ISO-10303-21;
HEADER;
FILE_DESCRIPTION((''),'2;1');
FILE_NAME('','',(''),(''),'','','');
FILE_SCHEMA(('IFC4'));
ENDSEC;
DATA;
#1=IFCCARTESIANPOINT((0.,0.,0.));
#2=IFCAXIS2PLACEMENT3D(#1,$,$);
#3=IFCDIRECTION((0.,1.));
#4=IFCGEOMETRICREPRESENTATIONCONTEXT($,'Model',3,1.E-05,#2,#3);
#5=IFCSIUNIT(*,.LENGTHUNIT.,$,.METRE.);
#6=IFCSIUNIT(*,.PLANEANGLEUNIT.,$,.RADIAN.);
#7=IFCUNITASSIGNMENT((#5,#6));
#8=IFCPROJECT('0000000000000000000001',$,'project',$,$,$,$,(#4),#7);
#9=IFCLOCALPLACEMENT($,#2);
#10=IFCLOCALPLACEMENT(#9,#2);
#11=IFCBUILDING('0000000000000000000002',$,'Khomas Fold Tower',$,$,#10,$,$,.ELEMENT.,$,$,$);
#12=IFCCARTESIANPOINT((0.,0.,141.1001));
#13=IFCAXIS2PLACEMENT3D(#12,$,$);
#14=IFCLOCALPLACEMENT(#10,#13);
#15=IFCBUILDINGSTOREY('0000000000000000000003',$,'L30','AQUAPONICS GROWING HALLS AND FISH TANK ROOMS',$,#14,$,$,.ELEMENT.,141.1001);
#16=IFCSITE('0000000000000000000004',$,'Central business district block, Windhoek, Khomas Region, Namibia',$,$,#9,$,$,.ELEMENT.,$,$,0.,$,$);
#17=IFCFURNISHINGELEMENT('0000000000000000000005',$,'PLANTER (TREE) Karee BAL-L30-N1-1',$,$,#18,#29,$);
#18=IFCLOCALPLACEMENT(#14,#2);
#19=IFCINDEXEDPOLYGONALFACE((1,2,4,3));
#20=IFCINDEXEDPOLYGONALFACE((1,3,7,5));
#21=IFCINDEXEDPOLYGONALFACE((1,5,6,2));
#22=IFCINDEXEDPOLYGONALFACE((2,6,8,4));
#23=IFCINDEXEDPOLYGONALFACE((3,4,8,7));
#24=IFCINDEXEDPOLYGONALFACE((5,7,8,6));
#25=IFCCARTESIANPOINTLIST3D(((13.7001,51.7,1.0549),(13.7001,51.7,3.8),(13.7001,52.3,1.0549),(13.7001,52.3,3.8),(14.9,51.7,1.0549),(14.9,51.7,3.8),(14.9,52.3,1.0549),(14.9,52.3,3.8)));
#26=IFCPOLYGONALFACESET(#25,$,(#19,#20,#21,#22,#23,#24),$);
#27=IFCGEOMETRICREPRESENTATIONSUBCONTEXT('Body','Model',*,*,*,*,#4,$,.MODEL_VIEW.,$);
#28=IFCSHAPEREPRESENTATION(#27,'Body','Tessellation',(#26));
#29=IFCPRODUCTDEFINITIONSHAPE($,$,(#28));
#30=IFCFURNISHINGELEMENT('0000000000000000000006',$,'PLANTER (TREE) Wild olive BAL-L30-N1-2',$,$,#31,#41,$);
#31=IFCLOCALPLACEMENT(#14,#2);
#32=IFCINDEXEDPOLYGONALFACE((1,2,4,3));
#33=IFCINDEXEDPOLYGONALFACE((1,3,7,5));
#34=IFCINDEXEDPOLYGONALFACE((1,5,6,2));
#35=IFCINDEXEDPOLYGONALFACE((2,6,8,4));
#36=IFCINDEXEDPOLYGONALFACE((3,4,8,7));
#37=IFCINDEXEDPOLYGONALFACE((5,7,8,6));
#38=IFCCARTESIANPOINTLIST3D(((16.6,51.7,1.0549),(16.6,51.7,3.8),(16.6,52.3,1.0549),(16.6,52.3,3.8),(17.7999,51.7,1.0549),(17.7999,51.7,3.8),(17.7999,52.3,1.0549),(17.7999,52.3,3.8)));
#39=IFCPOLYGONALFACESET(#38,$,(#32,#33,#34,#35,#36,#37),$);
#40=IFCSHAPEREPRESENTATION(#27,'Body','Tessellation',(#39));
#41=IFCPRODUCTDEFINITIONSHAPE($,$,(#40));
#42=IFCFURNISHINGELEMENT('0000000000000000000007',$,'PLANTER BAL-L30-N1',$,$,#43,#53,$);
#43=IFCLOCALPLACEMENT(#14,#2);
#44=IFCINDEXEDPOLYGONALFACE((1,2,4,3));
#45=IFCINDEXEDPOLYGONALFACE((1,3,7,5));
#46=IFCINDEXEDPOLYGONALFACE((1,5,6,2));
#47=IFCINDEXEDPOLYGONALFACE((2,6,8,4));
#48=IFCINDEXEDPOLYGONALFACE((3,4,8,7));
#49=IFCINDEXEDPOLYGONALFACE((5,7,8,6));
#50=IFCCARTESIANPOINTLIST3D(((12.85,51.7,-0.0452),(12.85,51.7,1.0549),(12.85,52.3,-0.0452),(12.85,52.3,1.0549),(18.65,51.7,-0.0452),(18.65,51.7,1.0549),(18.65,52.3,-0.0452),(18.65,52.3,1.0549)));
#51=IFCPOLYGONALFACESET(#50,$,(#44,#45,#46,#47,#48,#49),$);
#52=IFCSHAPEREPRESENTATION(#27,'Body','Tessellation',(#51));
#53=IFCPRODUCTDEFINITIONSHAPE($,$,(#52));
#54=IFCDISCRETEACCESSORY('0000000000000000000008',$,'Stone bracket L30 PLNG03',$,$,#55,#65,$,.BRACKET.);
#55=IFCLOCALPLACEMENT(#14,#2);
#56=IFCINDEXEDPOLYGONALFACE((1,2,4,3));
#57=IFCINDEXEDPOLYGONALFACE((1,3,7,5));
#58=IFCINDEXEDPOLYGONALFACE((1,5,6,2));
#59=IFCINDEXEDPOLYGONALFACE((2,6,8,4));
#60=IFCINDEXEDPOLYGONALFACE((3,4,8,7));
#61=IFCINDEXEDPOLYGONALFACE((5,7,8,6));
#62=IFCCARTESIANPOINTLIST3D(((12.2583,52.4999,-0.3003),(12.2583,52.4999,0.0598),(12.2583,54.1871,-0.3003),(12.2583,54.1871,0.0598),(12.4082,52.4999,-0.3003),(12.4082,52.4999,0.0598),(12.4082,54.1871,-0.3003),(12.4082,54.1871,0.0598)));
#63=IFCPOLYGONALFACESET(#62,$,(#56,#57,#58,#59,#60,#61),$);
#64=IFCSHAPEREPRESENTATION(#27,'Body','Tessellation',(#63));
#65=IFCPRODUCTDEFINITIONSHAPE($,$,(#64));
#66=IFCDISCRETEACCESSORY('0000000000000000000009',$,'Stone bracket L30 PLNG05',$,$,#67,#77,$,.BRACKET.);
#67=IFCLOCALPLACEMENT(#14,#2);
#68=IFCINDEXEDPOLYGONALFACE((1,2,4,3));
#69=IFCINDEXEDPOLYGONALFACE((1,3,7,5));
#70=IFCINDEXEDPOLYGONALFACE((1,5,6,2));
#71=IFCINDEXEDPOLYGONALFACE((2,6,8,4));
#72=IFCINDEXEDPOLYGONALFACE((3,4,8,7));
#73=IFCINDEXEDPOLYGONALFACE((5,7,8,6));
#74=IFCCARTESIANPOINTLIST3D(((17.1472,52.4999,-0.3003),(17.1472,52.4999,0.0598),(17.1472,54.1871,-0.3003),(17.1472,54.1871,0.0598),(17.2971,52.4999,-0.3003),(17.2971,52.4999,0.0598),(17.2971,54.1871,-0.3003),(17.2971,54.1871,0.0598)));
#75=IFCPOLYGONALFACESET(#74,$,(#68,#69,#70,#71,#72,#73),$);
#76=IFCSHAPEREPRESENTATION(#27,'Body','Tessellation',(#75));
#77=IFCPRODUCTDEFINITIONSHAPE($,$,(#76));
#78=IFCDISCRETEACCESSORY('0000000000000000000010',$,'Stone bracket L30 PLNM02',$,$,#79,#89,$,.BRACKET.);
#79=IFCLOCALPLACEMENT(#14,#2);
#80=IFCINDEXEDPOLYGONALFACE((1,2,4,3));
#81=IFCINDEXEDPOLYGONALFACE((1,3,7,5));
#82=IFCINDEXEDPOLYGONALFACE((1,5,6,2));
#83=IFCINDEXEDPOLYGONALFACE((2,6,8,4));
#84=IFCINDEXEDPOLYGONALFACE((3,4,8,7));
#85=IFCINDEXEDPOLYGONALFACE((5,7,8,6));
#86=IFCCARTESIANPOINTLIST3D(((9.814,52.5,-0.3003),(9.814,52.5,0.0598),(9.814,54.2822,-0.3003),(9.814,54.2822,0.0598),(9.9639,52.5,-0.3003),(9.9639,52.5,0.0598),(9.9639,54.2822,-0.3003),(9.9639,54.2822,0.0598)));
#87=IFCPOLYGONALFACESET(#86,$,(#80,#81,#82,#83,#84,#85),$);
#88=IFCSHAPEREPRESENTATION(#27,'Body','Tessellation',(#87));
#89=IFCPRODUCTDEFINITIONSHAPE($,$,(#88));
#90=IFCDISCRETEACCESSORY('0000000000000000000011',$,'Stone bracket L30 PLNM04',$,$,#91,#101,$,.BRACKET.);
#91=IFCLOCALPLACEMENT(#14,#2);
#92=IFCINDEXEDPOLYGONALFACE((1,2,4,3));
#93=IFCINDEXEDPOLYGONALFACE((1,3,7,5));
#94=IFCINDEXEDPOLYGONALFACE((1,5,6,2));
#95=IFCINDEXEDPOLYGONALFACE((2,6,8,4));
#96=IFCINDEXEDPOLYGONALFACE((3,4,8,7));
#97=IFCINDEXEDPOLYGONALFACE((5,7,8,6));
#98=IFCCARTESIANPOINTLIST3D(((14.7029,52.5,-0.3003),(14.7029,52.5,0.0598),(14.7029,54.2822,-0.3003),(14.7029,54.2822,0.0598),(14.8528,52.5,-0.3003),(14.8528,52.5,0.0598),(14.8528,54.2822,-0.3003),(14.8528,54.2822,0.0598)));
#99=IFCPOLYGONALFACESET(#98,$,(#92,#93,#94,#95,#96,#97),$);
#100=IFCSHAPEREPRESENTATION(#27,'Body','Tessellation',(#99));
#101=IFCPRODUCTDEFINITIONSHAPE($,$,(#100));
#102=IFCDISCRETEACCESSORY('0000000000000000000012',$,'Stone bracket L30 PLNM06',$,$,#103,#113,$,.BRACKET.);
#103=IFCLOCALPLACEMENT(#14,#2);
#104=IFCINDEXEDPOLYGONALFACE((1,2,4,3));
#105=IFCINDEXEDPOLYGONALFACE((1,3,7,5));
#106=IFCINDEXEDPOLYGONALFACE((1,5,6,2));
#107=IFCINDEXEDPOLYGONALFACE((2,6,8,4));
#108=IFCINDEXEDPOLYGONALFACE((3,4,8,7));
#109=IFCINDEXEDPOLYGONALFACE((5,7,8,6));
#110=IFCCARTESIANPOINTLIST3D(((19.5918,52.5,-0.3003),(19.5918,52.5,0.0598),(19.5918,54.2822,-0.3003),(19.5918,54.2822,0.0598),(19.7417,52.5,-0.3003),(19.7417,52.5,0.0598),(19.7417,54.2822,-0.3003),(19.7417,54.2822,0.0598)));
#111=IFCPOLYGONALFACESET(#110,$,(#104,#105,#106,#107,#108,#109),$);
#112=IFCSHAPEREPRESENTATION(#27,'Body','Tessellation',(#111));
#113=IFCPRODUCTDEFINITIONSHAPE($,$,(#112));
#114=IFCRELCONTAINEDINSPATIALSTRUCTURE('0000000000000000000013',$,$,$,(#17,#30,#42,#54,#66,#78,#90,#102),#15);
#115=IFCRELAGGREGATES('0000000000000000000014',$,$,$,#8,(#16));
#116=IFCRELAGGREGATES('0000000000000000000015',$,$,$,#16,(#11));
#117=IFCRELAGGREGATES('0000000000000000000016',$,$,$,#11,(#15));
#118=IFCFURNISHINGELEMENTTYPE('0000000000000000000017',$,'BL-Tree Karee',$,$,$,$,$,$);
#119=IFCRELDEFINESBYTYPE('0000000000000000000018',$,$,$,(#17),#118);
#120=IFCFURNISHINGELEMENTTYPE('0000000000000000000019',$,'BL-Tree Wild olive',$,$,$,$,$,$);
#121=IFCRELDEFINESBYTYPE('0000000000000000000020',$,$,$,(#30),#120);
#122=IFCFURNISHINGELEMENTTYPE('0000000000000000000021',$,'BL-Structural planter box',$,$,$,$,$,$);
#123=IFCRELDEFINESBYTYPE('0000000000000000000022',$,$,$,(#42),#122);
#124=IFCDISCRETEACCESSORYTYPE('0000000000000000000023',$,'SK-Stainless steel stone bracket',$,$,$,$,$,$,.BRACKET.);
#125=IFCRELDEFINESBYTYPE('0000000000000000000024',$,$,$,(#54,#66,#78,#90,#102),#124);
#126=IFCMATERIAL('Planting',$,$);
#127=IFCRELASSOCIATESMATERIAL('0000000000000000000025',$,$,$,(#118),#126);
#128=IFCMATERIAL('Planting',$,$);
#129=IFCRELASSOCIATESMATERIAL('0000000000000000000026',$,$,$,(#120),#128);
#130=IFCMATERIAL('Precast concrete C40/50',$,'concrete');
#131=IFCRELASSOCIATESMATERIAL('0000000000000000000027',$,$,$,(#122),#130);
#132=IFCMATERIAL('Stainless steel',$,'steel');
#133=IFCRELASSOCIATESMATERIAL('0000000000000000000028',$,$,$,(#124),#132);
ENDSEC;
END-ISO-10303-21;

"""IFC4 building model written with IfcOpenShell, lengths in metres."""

from ifc_helpers import new_model, si_unit, direction, frame, origin, origin_2d, place, context, subcontext, project, spatial, rectangle, extrude, source, transform, mapped, material, type_object, element, save


model = new_model("IFC4")

# Units and contexts
model_context = context("Model", 3, precision=1e-05, world=origin(), true_north=direction((0.0, 1.0)))
body_context = subcontext(model_context, "Body", "Model", "MODEL_VIEW")
ifc_project = project(units=[si_unit("LENGTHUNIT", "METRE"), si_unit("PLANEANGLEUNIT", "RADIAN")], contexts=[model_context])

# Site, building, storey
site_placement = place(None, origin())
site = spatial("IfcSite", under=ifc_project, at=site_placement, Name="Central business district block, Windhoek, Khomas Region, Namibia", CompositionType="ELEMENT", RefElevation=0.0)
building_placement = place(site_placement, origin())
building = spatial("IfcBuilding", under=site, at=building_placement, Name="Khomas Fold Tower", CompositionType="ELEMENT")
storey_placement = place(building_placement, frame((0.0, 0.0, 141.1001)))
storey = spatial("IfcBuildingStorey", under=building, at=storey_placement, Name="L30", Description="AQUAPONICS GROWING HALLS AND FISH TANK ROOMS", CompositionType="ELEMENT", Elevation=141.1001)

# Furnishing elements
ifc_material_1 = material(Name="Planting")
furnishing_element_type_1 = type_object("IfcFurnishingElementType", Name="BL-Tree Karee", material=ifc_material_1)
shared_shape_1 = source(origin(), body_context, "Body", "SweptSolid", [
    extrude(rectangle(XDim=1.2, YDim=0.6001, at=origin_2d()), origin(), (0.0, 0.0, 1.0), 2.7451),
])
furnishing_1_placement = place(storey_placement, frame((14.3, 52.0, 1.0549), z_axis=(0.0, 0.0, 1.0), x_axis=(1.0, 0.0, 0.0)))
element("IfcFurnishingElement", 1, at=furnishing_1_placement, inside=storey, type_object=furnishing_element_type_1, Name="PLANTER (TREE) Karee BAL-L30-N1-1", context=body_context, shape_type="MappedRepresentation", body=[
    mapped(shared_shape_1, transform((0.0, 0.0, 0.0))),
])
ifc_material_2 = material(Name="Planting")
furnishing_element_type_2 = type_object("IfcFurnishingElementType", Name="BL-Tree Wild olive", material=ifc_material_2)
furnishing_2_placement = place(storey_placement, frame((17.2, 52.0, 1.0549), z_axis=(0.0, 0.0, 1.0), x_axis=(1.0, 0.0, 0.0)))
element("IfcFurnishingElement", 2, at=furnishing_2_placement, inside=storey, type_object=furnishing_element_type_2, Name="PLANTER (TREE) Wild olive BAL-L30-N1-2", context=body_context, shape_type="MappedRepresentation", body=[
    mapped(shared_shape_1, transform((0.0, 0.0, 0.0))),
])
ifc_material_3 = material(Name="Precast concrete C40/50", Category="concrete")
furnishing_element_type_3 = type_object("IfcFurnishingElementType", Name="BL-Structural planter box", material=ifc_material_3)
shared_shape_2 = source(origin(), body_context, "Body", "SweptSolid", [
    extrude(rectangle(XDim=5.8, YDim=0.6001, at=origin_2d()), origin(), (0.0, 0.0, 1.0), 1.1001),
])
furnishing_3_placement = place(storey_placement, frame((15.75, 52.0, -0.0452), z_axis=(0.0, 0.0, 1.0), x_axis=(1.0, 0.0, 0.0)))
element("IfcFurnishingElement", 3, at=furnishing_3_placement, inside=storey, type_object=furnishing_element_type_3, Name="PLANTER BAL-L30-N1", context=body_context, shape_type="MappedRepresentation", body=[
    mapped(shared_shape_2, transform((0.0, 0.0, 0.0))),
])

# Discrete accessories
ifc_material_4 = material(Name="Stainless steel", Category="steel")
discrete_accessory_type = type_object("IfcDiscreteAccessoryType", Name="SK-Stainless steel stone bracket", PredefinedType="BRACKET", material=ifc_material_4)
shared_shape_3 = source(origin(), body_context, "Body", "SweptSolid", [
    extrude(rectangle(XDim=1.6873, YDim=0.1499, at=origin_2d()), origin(), (0.0, 0.0, 1.0), 0.3601),
])
for number, where, z_axis, x_axis, name in (
    (4, (12.3333, 53.3435, -0.3003), (0.0, 0.0, 1.0), (0.0, 1.0, 0.0), "Stone bracket L30 PLNG03"),
    (5, (17.2222, 53.3435, -0.3003), (0.0, 0.0, 1.0), (0.0, 1.0, 0.0), "Stone bracket L30 PLNG05"),
):
    element("IfcDiscreteAccessory", number, at=place(storey_placement, frame(where, z_axis=z_axis, x_axis=x_axis)), inside=storey, type_object=discrete_accessory_type, Name=name, PredefinedType="BRACKET", context=body_context, shape_type="MappedRepresentation", body=[
        mapped(shared_shape_3, transform((0.0, 0.0, 0.0))),
    ])
shared_shape_4 = source(origin(), body_context, "Body", "SweptSolid", [
    extrude(rectangle(XDim=1.7822, YDim=0.1499, at=origin_2d()), origin(), (0.0, 0.0, 1.0), 0.3601),
])
for number, where, z_axis, x_axis, name in (
    (6, (9.8889, 53.3911, -0.3003), (0.0, 0.0, 1.0), (0.0, 1.0, 0.0), "Stone bracket L30 PLNM02"),
    (7, (14.7778, 53.3911, -0.3003), (0.0, 0.0, 1.0), (0.0, 1.0, 0.0), "Stone bracket L30 PLNM04"),
    (8, (19.6667, 53.3911, -0.3003), (0.0, 0.0, 1.0), (0.0, 1.0, 0.0), "Stone bracket L30 PLNM06"),
):
    element("IfcDiscreteAccessory", number, at=place(storey_placement, frame(where, z_axis=z_axis, x_axis=x_axis)), inside=storey, type_object=discrete_accessory_type, Name=name, PredefinedType="BRACKET", context=body_context, shape_type="MappedRepresentation", body=[
        mapped(shared_shape_4, transform((0.0, 0.0, 0.0))),
    ])

save(model, "model.ifc")
